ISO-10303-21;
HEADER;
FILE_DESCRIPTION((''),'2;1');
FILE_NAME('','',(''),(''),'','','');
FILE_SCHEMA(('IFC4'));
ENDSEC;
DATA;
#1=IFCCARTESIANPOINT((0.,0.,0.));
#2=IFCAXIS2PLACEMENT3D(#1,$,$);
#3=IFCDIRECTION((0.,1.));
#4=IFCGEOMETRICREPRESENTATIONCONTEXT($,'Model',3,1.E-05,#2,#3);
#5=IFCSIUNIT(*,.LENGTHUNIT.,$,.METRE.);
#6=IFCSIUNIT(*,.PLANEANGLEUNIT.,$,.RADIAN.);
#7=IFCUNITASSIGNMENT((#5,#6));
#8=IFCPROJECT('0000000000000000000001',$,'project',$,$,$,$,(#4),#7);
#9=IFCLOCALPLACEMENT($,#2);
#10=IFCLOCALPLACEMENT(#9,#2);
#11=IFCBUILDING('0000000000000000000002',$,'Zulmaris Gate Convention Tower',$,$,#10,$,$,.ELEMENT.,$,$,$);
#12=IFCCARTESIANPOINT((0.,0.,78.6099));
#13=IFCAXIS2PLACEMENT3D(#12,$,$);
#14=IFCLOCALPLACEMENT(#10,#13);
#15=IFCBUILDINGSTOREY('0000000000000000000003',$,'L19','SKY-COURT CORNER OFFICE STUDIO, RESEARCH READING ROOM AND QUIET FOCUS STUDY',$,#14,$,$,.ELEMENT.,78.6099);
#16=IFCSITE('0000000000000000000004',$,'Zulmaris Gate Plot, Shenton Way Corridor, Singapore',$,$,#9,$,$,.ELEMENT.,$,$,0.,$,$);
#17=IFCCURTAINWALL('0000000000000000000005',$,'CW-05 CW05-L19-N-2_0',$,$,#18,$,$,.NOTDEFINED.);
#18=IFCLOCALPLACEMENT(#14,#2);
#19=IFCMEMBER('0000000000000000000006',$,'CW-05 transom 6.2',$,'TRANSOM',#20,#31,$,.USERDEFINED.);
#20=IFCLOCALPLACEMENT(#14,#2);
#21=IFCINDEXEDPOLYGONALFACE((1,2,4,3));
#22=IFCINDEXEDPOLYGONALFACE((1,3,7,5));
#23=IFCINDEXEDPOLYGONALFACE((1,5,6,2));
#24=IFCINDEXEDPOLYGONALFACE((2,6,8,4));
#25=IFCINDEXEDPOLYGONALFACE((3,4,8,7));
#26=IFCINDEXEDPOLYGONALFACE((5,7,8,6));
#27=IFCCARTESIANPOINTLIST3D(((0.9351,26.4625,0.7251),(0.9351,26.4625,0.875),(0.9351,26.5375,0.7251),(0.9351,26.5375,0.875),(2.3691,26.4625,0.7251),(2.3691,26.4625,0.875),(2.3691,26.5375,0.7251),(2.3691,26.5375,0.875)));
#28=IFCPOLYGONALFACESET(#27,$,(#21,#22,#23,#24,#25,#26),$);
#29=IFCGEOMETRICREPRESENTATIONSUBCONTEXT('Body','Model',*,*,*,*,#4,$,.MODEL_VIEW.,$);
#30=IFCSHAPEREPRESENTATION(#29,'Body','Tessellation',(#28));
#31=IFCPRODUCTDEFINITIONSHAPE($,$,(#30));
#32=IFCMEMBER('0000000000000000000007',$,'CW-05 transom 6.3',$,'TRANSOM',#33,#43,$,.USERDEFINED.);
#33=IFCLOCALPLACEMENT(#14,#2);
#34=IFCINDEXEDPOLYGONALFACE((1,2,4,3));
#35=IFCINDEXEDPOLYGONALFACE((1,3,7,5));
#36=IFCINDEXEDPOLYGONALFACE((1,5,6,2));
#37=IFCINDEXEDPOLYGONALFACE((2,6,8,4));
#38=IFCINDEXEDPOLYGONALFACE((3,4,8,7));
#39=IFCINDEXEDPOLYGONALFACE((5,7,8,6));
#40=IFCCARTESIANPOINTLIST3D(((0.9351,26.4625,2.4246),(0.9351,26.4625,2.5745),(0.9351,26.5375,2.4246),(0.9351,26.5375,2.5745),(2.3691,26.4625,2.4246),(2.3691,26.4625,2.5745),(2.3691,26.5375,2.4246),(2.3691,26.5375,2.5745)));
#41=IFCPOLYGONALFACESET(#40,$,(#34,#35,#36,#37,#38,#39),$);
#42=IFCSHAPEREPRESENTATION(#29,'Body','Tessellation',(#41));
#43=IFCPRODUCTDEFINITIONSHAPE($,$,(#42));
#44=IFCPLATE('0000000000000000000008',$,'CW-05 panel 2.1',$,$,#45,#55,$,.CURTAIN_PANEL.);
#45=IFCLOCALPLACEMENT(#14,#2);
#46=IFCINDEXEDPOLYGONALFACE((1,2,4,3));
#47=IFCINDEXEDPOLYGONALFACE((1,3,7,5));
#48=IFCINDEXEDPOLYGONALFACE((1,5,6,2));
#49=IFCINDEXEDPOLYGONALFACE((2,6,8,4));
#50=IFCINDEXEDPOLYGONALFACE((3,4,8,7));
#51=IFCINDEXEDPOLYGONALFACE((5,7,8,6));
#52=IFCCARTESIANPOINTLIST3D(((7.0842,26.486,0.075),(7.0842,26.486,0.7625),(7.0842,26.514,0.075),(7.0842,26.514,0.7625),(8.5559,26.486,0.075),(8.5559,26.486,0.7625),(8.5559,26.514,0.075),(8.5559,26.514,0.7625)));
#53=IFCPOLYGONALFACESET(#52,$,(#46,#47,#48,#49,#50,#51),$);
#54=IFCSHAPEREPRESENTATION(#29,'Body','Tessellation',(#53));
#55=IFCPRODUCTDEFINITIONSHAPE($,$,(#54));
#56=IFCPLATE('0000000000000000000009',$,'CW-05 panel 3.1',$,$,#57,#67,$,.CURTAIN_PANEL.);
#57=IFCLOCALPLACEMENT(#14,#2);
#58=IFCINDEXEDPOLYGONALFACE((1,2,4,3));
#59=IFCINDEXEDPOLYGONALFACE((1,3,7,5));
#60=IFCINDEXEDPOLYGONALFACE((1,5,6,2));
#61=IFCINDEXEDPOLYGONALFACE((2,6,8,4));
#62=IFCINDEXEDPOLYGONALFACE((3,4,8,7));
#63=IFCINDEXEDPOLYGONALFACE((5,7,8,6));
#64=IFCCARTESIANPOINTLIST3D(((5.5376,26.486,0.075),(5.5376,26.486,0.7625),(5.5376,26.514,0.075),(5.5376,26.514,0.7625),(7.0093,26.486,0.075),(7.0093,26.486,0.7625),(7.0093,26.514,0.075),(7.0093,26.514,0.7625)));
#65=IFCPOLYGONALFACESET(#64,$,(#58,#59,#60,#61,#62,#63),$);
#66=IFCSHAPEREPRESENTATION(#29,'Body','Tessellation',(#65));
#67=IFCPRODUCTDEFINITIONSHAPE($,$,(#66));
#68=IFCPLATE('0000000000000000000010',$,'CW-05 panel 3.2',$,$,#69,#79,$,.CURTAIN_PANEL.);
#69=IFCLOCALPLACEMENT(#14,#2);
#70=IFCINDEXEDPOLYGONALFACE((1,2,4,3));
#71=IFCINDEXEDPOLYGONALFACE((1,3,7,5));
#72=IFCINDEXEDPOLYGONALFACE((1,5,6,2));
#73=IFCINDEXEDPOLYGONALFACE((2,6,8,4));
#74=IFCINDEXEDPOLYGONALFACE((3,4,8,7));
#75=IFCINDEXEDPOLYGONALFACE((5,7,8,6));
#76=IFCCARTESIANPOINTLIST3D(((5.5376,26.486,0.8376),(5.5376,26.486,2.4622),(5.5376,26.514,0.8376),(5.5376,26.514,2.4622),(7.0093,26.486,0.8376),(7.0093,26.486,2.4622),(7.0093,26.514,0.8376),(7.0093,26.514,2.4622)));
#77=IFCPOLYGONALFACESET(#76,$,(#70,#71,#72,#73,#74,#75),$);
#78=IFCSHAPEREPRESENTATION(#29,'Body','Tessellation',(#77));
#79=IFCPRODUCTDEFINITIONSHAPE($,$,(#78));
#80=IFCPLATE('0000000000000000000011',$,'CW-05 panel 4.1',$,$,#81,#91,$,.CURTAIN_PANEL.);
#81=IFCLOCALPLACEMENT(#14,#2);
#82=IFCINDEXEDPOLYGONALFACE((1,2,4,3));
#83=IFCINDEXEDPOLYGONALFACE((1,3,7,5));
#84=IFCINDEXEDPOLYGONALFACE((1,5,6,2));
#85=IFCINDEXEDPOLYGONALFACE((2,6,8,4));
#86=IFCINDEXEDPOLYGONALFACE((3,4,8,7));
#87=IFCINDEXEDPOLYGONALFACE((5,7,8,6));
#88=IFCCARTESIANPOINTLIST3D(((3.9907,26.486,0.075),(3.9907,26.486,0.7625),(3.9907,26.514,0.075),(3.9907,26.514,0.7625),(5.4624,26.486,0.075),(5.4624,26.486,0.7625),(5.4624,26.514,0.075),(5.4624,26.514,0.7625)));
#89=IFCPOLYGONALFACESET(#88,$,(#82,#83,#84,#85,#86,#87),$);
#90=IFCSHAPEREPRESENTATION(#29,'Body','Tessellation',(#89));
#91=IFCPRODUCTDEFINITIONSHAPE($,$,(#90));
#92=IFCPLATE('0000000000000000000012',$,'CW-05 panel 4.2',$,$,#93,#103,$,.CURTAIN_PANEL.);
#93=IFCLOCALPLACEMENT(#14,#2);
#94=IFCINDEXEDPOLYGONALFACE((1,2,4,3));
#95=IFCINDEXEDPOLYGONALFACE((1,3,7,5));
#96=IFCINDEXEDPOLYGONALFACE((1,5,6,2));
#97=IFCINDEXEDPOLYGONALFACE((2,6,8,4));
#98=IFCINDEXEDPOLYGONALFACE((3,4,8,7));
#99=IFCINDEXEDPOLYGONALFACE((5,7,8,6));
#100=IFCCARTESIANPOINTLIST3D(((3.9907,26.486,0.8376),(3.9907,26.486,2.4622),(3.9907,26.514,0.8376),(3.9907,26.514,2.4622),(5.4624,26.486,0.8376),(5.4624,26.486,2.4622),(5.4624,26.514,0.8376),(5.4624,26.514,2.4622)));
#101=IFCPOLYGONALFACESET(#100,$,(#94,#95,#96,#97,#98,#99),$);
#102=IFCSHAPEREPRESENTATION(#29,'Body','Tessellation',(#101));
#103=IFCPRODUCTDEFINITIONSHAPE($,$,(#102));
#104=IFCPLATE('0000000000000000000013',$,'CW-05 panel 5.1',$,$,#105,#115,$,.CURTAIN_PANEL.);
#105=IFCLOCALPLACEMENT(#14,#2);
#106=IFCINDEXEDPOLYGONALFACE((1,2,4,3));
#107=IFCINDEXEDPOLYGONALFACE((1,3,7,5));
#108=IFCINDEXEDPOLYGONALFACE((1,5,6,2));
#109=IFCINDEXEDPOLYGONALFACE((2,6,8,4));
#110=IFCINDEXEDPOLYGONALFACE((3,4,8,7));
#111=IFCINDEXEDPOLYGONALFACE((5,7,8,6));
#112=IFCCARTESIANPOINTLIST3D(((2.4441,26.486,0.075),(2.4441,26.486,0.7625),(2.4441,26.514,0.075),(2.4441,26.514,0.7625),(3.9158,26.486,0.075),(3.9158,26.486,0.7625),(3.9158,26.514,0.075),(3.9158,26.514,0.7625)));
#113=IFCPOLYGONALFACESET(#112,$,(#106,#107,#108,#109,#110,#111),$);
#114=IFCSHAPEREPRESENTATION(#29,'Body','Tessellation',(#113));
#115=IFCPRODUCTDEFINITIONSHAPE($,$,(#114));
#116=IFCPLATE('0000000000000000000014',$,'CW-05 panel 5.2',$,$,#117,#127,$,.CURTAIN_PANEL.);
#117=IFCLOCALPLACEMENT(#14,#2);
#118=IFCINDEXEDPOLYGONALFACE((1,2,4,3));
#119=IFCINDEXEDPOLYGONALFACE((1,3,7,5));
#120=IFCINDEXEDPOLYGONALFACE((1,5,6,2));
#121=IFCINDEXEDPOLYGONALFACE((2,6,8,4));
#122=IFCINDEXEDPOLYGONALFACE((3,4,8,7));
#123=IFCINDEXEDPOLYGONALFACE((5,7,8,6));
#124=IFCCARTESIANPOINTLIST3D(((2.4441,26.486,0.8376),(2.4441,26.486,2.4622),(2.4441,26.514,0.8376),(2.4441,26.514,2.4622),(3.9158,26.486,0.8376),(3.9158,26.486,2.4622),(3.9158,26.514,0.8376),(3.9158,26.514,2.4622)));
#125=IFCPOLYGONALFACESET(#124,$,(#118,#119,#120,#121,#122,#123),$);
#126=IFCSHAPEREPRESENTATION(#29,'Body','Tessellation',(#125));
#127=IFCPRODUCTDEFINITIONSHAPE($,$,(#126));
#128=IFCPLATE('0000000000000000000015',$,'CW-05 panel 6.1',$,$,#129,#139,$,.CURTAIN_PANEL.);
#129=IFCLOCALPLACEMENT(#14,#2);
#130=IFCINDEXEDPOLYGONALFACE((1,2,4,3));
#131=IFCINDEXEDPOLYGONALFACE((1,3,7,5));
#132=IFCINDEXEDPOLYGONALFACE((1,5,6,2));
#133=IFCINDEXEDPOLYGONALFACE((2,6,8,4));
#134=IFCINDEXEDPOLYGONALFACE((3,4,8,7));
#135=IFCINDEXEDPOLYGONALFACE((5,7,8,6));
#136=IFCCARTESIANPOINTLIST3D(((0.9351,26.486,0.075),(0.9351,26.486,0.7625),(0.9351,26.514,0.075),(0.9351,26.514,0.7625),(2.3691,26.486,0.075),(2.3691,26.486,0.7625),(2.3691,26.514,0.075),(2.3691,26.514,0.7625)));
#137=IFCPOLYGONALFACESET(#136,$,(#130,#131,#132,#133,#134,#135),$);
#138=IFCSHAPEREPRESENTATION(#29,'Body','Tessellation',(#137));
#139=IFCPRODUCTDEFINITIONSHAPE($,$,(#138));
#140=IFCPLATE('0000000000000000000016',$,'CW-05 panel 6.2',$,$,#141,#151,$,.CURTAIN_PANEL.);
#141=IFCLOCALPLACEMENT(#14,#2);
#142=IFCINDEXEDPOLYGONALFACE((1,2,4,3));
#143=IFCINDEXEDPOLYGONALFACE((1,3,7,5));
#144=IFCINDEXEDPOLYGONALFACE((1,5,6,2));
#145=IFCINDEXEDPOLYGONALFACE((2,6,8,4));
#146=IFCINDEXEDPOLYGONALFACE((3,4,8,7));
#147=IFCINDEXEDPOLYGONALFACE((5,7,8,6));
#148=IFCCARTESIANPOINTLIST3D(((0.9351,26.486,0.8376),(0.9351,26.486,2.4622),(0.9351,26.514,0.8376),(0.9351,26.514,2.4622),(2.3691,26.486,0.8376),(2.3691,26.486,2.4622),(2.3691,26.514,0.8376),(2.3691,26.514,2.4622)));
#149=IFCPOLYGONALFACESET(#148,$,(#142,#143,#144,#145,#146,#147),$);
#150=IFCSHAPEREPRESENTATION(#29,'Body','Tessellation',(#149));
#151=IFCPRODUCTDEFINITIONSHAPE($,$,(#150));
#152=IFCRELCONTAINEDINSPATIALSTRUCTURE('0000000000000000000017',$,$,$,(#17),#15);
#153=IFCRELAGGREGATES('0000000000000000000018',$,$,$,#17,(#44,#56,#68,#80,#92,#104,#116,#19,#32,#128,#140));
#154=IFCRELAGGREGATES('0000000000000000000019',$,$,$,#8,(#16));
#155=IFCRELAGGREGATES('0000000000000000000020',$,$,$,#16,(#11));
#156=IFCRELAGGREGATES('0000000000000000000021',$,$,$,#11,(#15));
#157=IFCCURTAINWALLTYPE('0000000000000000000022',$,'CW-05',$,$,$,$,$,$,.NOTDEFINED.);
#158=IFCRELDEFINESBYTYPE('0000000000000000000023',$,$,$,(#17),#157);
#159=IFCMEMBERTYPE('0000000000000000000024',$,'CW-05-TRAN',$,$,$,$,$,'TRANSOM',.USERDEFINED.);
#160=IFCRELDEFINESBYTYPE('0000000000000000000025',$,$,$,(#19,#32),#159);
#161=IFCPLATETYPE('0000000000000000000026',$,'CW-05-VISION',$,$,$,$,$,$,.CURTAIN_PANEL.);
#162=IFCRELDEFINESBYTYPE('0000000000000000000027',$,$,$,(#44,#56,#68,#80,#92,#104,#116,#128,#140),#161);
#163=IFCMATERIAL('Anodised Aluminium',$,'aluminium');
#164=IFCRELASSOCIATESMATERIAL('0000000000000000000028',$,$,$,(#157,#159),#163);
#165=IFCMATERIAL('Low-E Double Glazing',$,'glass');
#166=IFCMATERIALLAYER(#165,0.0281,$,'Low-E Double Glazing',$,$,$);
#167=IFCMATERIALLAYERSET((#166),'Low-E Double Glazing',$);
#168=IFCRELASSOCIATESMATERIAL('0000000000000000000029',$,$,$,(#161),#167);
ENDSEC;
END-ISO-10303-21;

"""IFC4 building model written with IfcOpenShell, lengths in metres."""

from ifc_helpers import new_model, si_unit, direction, frame, origin, origin_2d, place, context, subcontext, project, spatial, rectangle, extrude, material, layer, layer_set, material_profile, profile_set, type_object, element, aggregate, save


model = new_model("IFC4")

# Units and contexts
model_context = context("Model", 3, precision=1e-05, world=origin(), true_north=direction((0.0, 1.0)))
body_context = subcontext(model_context, "Body", "Model", "MODEL_VIEW")
ifc_project = project(units=[si_unit("LENGTHUNIT", "METRE"), si_unit("PLANEANGLEUNIT", "RADIAN")], contexts=[model_context])

# Site, building, storey
site_placement = place(None, origin())
site = spatial("IfcSite", under=ifc_project, at=site_placement, Name="Zulmaris Gate Plot, Shenton Way Corridor, Singapore", CompositionType="ELEMENT", RefElevation=0.0)
building_placement = place(site_placement, origin())
building = spatial("IfcBuilding", under=site, at=building_placement, Name="Zulmaris Gate Convention Tower", CompositionType="ELEMENT")
storey_placement = place(building_placement, frame((0.0, 0.0, 78.6099)))
storey = spatial("IfcBuildingStorey", under=building, at=storey_placement, Name="L19", Description="SKY-COURT CORNER OFFICE STUDIO, RESEARCH READING ROOM AND QUIET FOCUS STUDY", CompositionType="ELEMENT", Elevation=78.6099)

# Curtain wall, members, plates
ifc_material_1 = material(Name="Anodised Aluminium", Category="aluminium")
curtain_wall_type = type_object("IfcCurtainWallType", Name="CW-05", PredefinedType="NOTDEFINED", material=ifc_material_1)
curtain_wall_placement = place(storey_placement, origin())
curtain_wall = element("IfcCurtainWall", 1, at=curtain_wall_placement, inside=storey, type_object=curtain_wall_type, Name="CW-05 CW05-L19-N-2_0", PredefinedType="NOTDEFINED")
ifc_material_profile_1 = material_profile(ifc_material_1, rectangle(XDim=0.075, YDim=0.1499, at=origin_2d()), Name="ALU TRANSOM 75x150")
ifc_profile_set_1 = profile_set([ifc_material_profile_1], Name="Anodised Aluminium")
member_type_1 = type_object("IfcMemberType", Name="CW-05-TRAN", ElementType="TRANSOM", PredefinedType="USERDEFINED", material=ifc_profile_set_1)
member_1_placement = place(storey_placement, frame((2.3691, 26.5, 0.8), z_axis=(-1.0, 0.0, 0.0), x_axis=(0.0, -1.0, 0.0)))
member_1 = element("IfcMember", 2, at=member_1_placement, type_object=member_type_1, Name="CW-05 transom 6.2", ObjectType="TRANSOM", PredefinedType="USERDEFINED", context=body_context, shape_type="SweptSolid", body=[
    extrude(rectangle(XDim=0.075, YDim=0.1499, at=origin_2d()), origin(), (0.0, 0.0, 1.0), 1.4341),
])
member_2_placement = place(storey_placement, frame((2.3691, 26.5, 2.4995), z_axis=(-1.0, 0.0, 0.0), x_axis=(0.0, -1.0, 0.0)))
member_2 = element("IfcMember", 3, at=member_2_placement, type_object=member_type_1, Name="CW-05 transom 6.3", ObjectType="TRANSOM", PredefinedType="USERDEFINED", context=body_context, shape_type="SweptSolid", body=[
    extrude(rectangle(XDim=0.075, YDim=0.1499, at=origin_2d()), origin(), (0.0, 0.0, 1.0), 1.4341),
])
ifc_material_2 = material(Name="Low-E Double Glazing", Category="glass")
ifc_layer = layer(ifc_material_2, 0.0281, Name="Low-E Double Glazing")
ifc_layer_set = layer_set([ifc_layer], Name="Low-E Double Glazing")
plate_type = type_object("IfcPlateType", Name="CW-05-VISION", PredefinedType="CURTAIN_PANEL", material=ifc_layer_set)
plate_1_placement = place(storey_placement, frame((7.8201, 26.5, 0.075), z_axis=(0.0, 0.0, 1.0), x_axis=(-1.0, 0.0, 0.0)))
plate_1 = element("IfcPlate", 4, at=plate_1_placement, type_object=plate_type, Name="CW-05 panel 2.1", PredefinedType="CURTAIN_PANEL", context=body_context, shape_type="SweptSolid", body=[
    extrude(rectangle(XDim=1.4717, YDim=0.0281, at=origin_2d()), origin(), (0.0, 0.0, 1.0), 0.6875),
])
plate_2_placement = place(storey_placement, frame((6.2734, 26.5, 0.075), z_axis=(0.0, 0.0, 1.0), x_axis=(-1.0, 0.0, 0.0)))
plate_2 = element("IfcPlate", 5, at=plate_2_placement, type_object=plate_type, Name="CW-05 panel 3.1", PredefinedType="CURTAIN_PANEL", context=body_context, shape_type="SweptSolid", body=[
    extrude(rectangle(XDim=1.4717, YDim=0.0281, at=origin_2d()), origin(), (0.0, 0.0, 1.0), 0.6875),
])
plate_3_placement = place(storey_placement, frame((6.2734, 26.5, 0.8376), z_axis=(0.0, 0.0, 1.0), x_axis=(-1.0, 0.0, 0.0)))
plate_3 = element("IfcPlate", 6, at=plate_3_placement, type_object=plate_type, Name="CW-05 panel 3.2", PredefinedType="CURTAIN_PANEL", context=body_context, shape_type="SweptSolid", body=[
    extrude(rectangle(XDim=1.4717, YDim=0.0281, at=origin_2d()), origin(), (0.0, 0.0, 1.0), 1.6245),
])
plate_4_placement = place(storey_placement, frame((4.7266, 26.5, 0.075), z_axis=(0.0, 0.0, 1.0), x_axis=(-1.0, 0.0, 0.0)))
plate_4 = element("IfcPlate", 7, at=plate_4_placement, type_object=plate_type, Name="CW-05 panel 4.1", PredefinedType="CURTAIN_PANEL", context=body_context, shape_type="SweptSolid", body=[
    extrude(rectangle(XDim=1.4717, YDim=0.0281, at=origin_2d()), origin(), (0.0, 0.0, 1.0), 0.6875),
])
plate_5_placement = place(storey_placement, frame((4.7266, 26.5, 0.8376), z_axis=(0.0, 0.0, 1.0), x_axis=(-1.0, 0.0, 0.0)))
plate_5 = element("IfcPlate", 8, at=plate_5_placement, type_object=plate_type, Name="CW-05 panel 4.2", PredefinedType="CURTAIN_PANEL", context=body_context, shape_type="SweptSolid", body=[
    extrude(rectangle(XDim=1.4717, YDim=0.0281, at=origin_2d()), origin(), (0.0, 0.0, 1.0), 1.6245),
])
plate_6_placement = place(storey_placement, frame((3.1799, 26.5, 0.075), z_axis=(0.0, 0.0, 1.0), x_axis=(-1.0, 0.0, 0.0)))
plate_6 = element("IfcPlate", 9, at=plate_6_placement, type_object=plate_type, Name="CW-05 panel 5.1", PredefinedType="CURTAIN_PANEL", context=body_context, shape_type="SweptSolid", body=[
    extrude(rectangle(XDim=1.4717, YDim=0.0281, at=origin_2d()), origin(), (0.0, 0.0, 1.0), 0.6875),
])
plate_7_placement = place(storey_placement, frame((3.1799, 26.5, 0.8376), z_axis=(0.0, 0.0, 1.0), x_axis=(-1.0, 0.0, 0.0)))
plate_7 = element("IfcPlate", 10, at=plate_7_placement, type_object=plate_type, Name="CW-05 panel 5.2", PredefinedType="CURTAIN_PANEL", context=body_context, shape_type="SweptSolid", body=[
    extrude(rectangle(XDim=1.4717, YDim=0.0281, at=origin_2d()), origin(), (0.0, 0.0, 1.0), 1.6245),
])
plate_8_placement = place(storey_placement, frame((1.6521, 26.5, 0.075), z_axis=(0.0, 0.0, 1.0), x_axis=(-1.0, 0.0, 0.0)))
plate_8 = element("IfcPlate", 11, at=plate_8_placement, type_object=plate_type, Name="CW-05 panel 6.1", PredefinedType="CURTAIN_PANEL", context=body_context, shape_type="SweptSolid", body=[
    extrude(rectangle(XDim=1.4341, YDim=0.0281, at=origin_2d()), origin(), (0.0, 0.0, 1.0), 0.6875),
])
plate_9_placement = place(storey_placement, frame((1.6521, 26.5, 0.8376), z_axis=(0.0, 0.0, 1.0), x_axis=(-1.0, 0.0, 0.0)))
plate_9 = element("IfcPlate", 12, at=plate_9_placement, type_object=plate_type, Name="CW-05 panel 6.2", PredefinedType="CURTAIN_PANEL", context=body_context, shape_type="SweptSolid", body=[
    extrude(rectangle(XDim=1.4341, YDim=0.0281, at=origin_2d()), origin(), (0.0, 0.0, 1.0), 1.6245),
])
aggregate(curtain_wall, [plate_1, plate_2, plate_3, plate_4, plate_5, plate_6, plate_7, member_1, member_2, plate_8, plate_9])

save(model, "model.ifc")
